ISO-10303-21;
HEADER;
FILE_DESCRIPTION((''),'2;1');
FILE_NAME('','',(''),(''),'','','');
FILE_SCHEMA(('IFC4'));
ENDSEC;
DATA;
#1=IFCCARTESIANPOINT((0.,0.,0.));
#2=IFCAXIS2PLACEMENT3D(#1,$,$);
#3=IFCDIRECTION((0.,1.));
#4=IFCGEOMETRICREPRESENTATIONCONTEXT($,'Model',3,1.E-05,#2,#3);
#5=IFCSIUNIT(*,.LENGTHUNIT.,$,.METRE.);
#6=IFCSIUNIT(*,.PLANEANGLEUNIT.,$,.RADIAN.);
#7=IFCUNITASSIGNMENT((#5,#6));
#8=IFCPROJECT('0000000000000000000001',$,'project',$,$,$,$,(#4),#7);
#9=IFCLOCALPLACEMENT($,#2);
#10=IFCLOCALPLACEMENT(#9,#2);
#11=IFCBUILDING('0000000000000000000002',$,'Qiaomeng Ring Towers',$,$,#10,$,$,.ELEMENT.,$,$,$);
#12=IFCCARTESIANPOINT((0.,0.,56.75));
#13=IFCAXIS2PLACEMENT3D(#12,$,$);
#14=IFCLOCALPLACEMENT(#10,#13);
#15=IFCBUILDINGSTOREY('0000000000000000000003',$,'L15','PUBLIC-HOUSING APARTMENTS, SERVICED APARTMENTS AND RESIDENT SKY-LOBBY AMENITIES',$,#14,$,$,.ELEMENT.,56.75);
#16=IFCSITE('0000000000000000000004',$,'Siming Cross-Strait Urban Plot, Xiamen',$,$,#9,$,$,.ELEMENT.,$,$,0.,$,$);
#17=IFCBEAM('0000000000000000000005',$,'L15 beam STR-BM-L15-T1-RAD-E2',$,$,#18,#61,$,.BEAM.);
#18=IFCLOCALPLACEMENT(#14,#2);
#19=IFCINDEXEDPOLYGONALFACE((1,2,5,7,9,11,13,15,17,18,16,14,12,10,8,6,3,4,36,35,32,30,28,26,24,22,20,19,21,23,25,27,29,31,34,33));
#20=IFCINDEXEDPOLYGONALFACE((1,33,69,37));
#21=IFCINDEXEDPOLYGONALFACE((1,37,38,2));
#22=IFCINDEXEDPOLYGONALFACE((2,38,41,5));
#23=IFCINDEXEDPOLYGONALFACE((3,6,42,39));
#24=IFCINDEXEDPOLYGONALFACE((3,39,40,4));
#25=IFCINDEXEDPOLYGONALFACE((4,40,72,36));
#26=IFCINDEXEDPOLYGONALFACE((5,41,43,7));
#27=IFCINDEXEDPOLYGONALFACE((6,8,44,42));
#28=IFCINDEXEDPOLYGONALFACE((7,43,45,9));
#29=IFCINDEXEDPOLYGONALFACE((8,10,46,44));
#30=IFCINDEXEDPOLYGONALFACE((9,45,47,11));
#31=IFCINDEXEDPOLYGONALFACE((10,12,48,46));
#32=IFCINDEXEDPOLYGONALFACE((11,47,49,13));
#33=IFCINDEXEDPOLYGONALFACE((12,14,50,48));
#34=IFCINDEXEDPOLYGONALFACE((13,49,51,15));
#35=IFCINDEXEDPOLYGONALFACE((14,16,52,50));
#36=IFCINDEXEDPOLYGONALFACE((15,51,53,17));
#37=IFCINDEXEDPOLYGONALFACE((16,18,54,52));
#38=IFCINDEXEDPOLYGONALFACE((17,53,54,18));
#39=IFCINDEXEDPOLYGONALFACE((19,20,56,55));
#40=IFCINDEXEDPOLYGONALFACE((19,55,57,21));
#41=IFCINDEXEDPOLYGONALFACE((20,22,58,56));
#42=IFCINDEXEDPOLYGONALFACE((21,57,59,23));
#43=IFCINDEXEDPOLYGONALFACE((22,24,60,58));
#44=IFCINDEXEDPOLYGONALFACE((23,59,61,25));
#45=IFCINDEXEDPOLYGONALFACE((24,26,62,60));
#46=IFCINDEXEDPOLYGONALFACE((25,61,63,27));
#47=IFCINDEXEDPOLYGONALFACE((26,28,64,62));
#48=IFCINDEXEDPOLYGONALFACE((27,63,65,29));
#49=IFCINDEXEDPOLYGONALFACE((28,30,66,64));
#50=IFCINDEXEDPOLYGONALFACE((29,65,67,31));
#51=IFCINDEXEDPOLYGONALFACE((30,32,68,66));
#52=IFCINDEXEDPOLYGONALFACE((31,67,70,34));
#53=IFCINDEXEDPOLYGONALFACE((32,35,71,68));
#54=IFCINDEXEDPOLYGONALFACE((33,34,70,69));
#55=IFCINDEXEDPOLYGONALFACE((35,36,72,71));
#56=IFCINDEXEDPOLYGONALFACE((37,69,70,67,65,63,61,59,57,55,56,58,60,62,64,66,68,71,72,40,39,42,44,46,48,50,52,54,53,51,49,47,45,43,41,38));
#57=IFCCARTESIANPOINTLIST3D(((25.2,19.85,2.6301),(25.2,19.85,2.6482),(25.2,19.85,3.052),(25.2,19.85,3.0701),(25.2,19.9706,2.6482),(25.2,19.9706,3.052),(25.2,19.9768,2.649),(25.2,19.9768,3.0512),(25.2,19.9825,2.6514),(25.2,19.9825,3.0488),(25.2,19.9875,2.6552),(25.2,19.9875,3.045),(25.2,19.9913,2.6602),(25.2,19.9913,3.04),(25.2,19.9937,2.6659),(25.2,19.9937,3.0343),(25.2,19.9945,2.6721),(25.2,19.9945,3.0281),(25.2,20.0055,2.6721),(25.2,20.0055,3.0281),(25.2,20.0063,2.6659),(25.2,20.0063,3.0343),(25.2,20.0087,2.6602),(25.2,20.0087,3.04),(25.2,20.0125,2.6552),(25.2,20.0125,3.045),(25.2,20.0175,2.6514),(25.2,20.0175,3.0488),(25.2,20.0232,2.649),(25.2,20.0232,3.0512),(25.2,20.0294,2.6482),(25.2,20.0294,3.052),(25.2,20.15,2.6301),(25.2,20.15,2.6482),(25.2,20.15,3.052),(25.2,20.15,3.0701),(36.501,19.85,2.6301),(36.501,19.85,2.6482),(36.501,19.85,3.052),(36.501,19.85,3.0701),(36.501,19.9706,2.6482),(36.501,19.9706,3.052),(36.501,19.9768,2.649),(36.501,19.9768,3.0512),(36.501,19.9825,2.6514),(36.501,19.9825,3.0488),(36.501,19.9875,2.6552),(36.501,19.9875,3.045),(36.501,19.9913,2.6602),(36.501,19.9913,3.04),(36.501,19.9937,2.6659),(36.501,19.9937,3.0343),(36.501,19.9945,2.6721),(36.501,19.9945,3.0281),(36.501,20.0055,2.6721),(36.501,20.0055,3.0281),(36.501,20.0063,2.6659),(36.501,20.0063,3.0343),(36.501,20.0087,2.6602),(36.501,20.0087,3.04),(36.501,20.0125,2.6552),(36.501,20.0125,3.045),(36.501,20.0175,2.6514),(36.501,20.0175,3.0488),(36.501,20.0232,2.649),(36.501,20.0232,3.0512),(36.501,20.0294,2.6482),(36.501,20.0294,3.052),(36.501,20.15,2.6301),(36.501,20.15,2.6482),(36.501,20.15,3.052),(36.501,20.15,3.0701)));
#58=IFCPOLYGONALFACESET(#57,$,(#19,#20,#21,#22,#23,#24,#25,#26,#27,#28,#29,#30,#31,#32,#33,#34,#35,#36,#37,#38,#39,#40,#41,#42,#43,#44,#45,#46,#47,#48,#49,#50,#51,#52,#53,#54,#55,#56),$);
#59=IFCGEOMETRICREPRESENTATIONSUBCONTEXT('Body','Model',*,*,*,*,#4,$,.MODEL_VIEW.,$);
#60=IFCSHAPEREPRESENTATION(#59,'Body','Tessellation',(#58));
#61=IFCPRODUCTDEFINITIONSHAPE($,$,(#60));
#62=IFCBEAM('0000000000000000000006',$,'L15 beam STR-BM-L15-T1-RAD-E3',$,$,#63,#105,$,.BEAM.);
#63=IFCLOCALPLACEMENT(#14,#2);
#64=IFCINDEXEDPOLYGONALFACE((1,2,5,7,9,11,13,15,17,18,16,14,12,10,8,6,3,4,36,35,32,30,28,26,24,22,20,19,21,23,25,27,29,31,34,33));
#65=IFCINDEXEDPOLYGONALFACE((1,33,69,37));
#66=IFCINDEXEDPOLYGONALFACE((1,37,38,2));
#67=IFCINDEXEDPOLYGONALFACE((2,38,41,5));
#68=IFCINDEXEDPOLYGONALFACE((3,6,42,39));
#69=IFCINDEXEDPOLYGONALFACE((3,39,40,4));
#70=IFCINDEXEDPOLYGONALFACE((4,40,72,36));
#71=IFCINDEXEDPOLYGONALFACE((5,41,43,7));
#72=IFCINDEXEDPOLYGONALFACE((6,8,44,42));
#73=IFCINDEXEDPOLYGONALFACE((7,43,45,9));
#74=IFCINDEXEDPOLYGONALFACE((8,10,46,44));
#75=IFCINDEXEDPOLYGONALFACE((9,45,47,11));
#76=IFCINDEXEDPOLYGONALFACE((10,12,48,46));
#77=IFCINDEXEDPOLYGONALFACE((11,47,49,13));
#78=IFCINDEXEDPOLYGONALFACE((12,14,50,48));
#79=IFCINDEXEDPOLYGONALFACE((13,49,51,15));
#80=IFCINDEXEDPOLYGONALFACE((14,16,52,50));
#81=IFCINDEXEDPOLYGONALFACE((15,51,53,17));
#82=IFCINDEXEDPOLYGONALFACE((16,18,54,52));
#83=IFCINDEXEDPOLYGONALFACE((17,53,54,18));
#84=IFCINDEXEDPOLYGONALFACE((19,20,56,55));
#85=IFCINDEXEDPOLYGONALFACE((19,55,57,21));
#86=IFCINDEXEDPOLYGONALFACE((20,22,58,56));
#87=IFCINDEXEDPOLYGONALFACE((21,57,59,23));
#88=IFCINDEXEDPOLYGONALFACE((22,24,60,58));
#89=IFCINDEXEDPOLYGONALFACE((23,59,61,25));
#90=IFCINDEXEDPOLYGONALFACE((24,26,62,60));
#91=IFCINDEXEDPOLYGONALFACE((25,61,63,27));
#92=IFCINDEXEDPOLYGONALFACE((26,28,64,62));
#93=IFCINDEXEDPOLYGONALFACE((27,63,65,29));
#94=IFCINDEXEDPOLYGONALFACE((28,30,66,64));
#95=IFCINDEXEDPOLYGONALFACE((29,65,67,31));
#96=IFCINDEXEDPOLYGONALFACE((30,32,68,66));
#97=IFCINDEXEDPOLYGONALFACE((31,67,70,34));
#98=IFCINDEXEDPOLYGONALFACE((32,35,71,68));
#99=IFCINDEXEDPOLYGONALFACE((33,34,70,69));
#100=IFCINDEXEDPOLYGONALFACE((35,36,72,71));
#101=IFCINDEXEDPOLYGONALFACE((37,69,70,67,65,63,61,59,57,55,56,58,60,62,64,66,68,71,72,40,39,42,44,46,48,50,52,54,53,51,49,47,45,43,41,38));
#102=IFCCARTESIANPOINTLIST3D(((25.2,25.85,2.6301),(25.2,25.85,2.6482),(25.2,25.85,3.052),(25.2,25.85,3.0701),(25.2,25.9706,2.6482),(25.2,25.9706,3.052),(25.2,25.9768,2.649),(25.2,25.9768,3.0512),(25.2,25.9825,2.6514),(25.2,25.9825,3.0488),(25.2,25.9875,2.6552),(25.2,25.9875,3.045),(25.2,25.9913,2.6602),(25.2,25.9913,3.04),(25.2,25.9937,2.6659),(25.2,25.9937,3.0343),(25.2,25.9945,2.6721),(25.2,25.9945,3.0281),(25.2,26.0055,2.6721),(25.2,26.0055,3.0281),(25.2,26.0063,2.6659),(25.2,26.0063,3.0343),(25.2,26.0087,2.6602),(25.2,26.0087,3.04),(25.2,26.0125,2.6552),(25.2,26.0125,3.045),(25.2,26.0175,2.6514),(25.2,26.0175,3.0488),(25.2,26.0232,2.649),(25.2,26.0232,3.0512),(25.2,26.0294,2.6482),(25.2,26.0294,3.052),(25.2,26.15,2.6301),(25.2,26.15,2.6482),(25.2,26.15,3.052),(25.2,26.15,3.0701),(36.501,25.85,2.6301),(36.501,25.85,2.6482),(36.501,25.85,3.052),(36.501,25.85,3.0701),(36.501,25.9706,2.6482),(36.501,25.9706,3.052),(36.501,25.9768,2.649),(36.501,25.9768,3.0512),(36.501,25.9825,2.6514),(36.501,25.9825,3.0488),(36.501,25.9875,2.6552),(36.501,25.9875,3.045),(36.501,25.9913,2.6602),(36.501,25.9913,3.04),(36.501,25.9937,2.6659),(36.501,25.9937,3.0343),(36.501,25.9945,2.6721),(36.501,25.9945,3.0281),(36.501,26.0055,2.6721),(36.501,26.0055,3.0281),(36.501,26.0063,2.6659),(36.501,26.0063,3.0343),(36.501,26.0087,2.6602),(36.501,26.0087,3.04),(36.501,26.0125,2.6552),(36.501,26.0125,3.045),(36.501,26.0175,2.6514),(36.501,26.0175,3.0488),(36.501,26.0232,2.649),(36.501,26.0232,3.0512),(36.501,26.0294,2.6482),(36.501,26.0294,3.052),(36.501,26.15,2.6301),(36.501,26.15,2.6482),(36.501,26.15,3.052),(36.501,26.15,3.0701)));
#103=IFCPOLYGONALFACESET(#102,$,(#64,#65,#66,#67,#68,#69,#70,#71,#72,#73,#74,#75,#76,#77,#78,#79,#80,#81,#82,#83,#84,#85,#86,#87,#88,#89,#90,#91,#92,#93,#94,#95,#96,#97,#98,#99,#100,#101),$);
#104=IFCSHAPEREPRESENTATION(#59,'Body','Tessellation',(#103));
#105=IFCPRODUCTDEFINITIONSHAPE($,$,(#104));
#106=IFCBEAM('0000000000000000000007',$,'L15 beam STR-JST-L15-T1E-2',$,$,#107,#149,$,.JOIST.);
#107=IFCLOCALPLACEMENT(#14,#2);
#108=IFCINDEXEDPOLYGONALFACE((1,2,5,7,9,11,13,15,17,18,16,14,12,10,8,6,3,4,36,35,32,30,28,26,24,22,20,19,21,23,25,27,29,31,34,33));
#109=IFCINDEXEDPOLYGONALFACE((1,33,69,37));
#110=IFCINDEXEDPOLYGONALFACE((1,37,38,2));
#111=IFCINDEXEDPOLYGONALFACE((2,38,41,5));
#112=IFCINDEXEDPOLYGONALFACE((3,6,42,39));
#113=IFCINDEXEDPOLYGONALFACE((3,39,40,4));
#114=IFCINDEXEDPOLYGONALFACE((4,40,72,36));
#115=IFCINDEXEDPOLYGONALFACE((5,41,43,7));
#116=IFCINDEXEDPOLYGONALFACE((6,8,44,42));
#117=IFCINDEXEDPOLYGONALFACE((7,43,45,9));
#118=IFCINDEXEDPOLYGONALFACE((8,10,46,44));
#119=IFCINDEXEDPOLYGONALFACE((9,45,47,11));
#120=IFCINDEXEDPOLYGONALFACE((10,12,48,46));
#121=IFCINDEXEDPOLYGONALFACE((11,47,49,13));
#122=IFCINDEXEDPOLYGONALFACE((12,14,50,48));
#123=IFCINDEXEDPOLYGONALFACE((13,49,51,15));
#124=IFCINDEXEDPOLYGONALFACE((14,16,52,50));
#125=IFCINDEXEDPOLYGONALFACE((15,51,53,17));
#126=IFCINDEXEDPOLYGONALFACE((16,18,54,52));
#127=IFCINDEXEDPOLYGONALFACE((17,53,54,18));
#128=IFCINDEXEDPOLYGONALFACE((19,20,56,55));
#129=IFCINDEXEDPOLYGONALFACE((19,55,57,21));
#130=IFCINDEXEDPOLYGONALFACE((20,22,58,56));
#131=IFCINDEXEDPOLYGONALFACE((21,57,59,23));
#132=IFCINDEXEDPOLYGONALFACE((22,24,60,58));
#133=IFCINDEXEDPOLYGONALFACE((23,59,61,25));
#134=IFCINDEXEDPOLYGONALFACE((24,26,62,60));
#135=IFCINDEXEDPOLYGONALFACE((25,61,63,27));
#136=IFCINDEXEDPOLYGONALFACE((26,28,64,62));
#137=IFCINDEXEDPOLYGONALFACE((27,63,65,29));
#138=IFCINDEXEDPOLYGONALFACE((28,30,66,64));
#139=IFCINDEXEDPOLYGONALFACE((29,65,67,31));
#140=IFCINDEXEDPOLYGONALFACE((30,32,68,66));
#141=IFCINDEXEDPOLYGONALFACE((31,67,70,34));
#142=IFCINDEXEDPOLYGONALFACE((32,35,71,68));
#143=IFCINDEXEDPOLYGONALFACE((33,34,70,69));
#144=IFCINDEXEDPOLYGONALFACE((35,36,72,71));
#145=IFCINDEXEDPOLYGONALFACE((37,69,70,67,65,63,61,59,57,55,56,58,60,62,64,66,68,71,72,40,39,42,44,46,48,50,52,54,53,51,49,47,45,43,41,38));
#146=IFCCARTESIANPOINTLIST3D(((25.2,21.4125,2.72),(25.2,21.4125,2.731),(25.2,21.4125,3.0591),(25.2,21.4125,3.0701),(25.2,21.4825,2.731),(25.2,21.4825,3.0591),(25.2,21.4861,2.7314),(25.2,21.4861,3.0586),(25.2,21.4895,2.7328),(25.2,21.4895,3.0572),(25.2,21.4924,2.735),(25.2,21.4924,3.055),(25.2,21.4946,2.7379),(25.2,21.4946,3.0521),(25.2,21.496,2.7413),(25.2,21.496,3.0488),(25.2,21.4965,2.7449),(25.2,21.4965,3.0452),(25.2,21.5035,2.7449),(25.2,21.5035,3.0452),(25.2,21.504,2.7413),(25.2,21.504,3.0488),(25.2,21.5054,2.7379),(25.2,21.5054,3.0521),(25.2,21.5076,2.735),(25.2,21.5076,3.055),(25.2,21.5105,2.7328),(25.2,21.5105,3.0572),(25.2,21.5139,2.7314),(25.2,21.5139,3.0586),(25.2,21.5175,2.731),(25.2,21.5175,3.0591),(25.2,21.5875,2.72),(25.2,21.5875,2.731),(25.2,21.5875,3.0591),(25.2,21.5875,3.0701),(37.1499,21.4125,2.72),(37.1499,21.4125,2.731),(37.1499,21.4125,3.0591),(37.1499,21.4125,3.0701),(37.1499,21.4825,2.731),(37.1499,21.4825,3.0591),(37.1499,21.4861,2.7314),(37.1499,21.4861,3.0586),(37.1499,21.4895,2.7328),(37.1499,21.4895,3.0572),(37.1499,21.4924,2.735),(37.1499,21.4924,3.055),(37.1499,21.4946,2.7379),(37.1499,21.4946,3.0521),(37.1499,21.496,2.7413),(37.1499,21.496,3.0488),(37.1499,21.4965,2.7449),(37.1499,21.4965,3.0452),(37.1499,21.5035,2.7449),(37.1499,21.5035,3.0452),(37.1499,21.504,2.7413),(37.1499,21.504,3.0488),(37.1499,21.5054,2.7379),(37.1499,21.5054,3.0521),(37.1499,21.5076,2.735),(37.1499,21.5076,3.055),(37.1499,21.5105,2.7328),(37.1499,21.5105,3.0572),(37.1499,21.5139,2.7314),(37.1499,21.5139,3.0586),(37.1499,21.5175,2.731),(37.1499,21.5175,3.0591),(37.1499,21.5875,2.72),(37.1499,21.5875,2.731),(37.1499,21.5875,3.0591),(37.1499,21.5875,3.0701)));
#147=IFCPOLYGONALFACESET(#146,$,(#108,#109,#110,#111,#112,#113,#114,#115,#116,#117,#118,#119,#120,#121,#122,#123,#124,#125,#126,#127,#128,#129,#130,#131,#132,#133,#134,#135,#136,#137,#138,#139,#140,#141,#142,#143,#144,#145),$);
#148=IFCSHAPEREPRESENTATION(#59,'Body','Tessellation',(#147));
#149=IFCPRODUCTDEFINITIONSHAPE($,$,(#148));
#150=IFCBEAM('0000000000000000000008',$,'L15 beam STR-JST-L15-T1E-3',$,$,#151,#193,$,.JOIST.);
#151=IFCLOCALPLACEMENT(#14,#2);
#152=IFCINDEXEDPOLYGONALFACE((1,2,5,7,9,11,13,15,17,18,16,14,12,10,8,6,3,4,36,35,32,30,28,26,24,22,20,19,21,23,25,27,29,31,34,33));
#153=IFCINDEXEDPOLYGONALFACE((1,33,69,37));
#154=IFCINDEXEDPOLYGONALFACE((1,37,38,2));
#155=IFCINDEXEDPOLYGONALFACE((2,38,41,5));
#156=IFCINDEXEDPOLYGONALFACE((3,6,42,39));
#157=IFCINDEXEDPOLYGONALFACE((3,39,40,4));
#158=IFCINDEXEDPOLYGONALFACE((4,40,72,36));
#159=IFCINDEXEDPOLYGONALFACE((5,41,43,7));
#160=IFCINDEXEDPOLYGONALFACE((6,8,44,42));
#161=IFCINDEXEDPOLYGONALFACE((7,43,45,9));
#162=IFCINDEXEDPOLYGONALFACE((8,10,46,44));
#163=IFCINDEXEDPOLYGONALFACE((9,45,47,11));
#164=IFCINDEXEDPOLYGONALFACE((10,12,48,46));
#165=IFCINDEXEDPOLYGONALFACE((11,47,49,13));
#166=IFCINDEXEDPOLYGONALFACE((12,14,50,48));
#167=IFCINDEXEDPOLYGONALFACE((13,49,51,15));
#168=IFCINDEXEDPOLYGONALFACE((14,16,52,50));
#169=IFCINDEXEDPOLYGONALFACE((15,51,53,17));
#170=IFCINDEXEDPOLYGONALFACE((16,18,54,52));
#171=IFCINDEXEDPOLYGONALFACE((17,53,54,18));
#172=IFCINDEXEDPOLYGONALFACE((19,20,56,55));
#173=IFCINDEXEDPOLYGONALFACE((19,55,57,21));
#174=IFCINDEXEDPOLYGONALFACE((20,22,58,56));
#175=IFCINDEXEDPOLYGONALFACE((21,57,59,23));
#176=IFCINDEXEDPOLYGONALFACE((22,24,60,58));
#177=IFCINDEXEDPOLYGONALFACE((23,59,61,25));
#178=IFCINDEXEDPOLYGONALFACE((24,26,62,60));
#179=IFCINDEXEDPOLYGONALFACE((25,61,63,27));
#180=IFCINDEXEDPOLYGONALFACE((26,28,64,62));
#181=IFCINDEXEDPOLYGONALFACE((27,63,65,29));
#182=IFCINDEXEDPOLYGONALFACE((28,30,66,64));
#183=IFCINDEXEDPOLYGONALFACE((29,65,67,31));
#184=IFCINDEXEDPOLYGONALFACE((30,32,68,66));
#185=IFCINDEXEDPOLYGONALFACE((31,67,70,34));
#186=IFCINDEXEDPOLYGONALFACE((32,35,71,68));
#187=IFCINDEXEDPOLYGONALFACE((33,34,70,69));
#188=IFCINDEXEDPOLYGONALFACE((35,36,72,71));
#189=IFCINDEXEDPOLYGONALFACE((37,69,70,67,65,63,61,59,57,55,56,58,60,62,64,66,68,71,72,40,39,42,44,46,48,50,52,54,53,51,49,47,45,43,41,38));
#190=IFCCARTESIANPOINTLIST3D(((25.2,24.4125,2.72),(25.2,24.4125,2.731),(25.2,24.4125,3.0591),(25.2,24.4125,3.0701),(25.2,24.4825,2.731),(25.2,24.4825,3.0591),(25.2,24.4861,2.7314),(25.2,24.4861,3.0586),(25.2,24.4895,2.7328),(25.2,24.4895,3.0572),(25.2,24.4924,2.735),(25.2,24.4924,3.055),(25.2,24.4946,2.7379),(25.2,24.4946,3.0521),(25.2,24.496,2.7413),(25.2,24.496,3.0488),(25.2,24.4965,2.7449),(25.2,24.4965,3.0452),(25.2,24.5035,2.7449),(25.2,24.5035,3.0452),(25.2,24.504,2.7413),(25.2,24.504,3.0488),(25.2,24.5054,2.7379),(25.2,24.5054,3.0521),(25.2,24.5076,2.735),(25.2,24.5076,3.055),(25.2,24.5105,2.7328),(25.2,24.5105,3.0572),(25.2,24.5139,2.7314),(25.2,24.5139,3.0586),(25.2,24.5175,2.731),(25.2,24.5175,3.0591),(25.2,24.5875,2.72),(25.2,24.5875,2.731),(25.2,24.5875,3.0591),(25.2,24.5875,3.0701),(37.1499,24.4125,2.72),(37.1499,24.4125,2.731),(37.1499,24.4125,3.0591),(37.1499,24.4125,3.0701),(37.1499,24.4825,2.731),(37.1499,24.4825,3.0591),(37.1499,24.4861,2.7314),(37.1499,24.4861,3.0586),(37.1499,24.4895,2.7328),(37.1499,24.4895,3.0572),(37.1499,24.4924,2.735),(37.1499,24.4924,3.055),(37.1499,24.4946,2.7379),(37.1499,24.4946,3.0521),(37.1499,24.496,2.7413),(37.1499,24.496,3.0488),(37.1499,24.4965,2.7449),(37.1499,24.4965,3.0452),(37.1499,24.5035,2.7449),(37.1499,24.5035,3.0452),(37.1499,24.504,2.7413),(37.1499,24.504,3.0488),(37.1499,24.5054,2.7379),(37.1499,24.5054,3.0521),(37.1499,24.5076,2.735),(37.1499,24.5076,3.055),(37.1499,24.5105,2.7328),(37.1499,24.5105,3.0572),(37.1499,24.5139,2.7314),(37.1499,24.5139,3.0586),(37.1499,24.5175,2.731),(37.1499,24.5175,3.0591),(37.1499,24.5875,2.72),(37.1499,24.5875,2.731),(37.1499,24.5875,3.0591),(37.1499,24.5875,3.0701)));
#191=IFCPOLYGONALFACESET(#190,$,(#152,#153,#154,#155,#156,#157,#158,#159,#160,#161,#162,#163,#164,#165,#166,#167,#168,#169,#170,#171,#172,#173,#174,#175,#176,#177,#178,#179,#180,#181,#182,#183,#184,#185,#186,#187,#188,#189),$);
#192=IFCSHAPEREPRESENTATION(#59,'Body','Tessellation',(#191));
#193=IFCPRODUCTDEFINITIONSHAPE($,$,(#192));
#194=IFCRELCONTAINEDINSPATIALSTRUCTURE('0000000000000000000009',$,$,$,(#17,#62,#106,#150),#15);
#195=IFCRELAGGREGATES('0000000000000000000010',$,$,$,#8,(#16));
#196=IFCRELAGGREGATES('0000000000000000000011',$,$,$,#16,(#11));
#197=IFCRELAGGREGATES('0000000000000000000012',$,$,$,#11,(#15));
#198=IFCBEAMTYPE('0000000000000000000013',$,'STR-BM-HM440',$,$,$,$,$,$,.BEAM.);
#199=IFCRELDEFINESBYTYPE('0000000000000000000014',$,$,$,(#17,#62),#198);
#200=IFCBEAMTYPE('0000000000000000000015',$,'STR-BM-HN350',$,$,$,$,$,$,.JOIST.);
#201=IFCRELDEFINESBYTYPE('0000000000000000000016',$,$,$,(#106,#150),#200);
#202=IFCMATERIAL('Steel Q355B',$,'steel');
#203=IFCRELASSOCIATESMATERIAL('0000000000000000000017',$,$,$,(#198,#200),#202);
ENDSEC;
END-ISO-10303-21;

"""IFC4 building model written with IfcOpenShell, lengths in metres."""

from ifc_helpers import new_model, si_unit, direction, frame, origin, origin_2d, place, context, subcontext, project, spatial, i_section, extrude, source, transform, mapped, material, material_profile, profile_set, type_object, element, save


model = new_model("IFC4")

# Units and contexts
model_context = context("Model", 3, precision=1e-05, world=origin(), true_north=direction((0.0, 1.0)))
body_context = subcontext(model_context, "Body", "Model", "MODEL_VIEW")
ifc_project = project(units=[si_unit("LENGTHUNIT", "METRE"), si_unit("PLANEANGLEUNIT", "RADIAN")], contexts=[model_context])

# Site, building, storey
site_placement = place(None, origin())
site = spatial("IfcSite", under=ifc_project, at=site_placement, Name="Siming Cross-Strait Urban Plot, Xiamen", CompositionType="ELEMENT", RefElevation=0.0)
building_placement = place(site_placement, origin())
building = spatial("IfcBuilding", under=site, at=building_placement, Name="Qiaomeng Ring Towers", CompositionType="ELEMENT")
storey_placement = place(building_placement, frame((0.0, 0.0, 56.75)))
storey = spatial("IfcBuildingStorey", under=building, at=storey_placement, Name="L15", Description="PUBLIC-HOUSING APARTMENTS, SERVICED APARTMENTS AND RESIDENT SKY-LOBBY AMENITIES", CompositionType="ELEMENT", Elevation=56.75)

# Beams
ifc_material_1 = material(Name="Steel Q355B", Category="steel")
ifc_material_profile_1 = material_profile(ifc_material_1, i_section(OverallWidth=0.3, OverallDepth=0.4399, WebThickness=0.011, FlangeThickness=0.0181, FilletRadius=0.0239, at=origin_2d()), Name="HM 440x300x11x18")
ifc_profile_set_1 = profile_set([ifc_material_profile_1], Name="Steel Q355B")
beam_type_1 = type_object("IfcBeamType", Name="STR-BM-HM440", PredefinedType="BEAM", material=ifc_profile_set_1)
shared_shape_1 = source(origin(), body_context, "Body", "SweptSolid", [
    extrude(i_section(OverallWidth=0.3, OverallDepth=0.4399, WebThickness=0.011, FlangeThickness=0.0181, FilletRadius=0.0239, at=origin_2d()), origin(), (0.0, 0.0, 1.0), 11.301),
])
for number, where, z_axis, x_axis, name in (
    (1, (25.2, 20.0, 2.8501), (1.0, 0.0, 0.0), (0.0, 1.0, 0.0), "L15 beam STR-BM-L15-T1-RAD-E2"),
    (2, (25.2, 26.0, 2.8501), (1.0, 0.0, 0.0), (0.0, 1.0, 0.0), "L15 beam STR-BM-L15-T1-RAD-E3"),
):
    element("IfcBeam", number, at=place(storey_placement, frame(where, z_axis=z_axis, x_axis=x_axis)), inside=storey, type_object=beam_type_1, Name=name, PredefinedType="BEAM", context=body_context, shape_type="MappedRepresentation", body=[
        mapped(shared_shape_1, transform((0.0, 0.0, 0.0), x_axis=(1.0, 0.0, 0.0), y_axis=(0.0, 1.0, 0.0), z_axis=(0.0, 0.0, 1.0), scale=1.0)),
    ])
ifc_material_profile_2 = material_profile(ifc_material_1, i_section(OverallWidth=0.175, OverallDepth=0.3501, WebThickness=0.0071, FlangeThickness=0.011, FilletRadius=0.0139, at=origin_2d()), Name="HN 350x175x7x11")
ifc_profile_set_2 = profile_set([ifc_material_profile_2], Name="Steel Q355B")
beam_type_2 = type_object("IfcBeamType", Name="STR-BM-HN350", PredefinedType="JOIST", material=ifc_profile_set_2)
shared_shape_2 = source(origin(), body_context, "Body", "SweptSolid", [
    extrude(i_section(OverallWidth=0.175, OverallDepth=0.3501, WebThickness=0.0071, FlangeThickness=0.011, FilletRadius=0.0139, at=origin_2d()), origin(), (0.0, 0.0, 1.0), 11.95),
])
for number, where, z_axis, x_axis, name in (
    (3, (25.2, 21.5, 2.895), (1.0, 0.0, 0.0), (0.0, 1.0, 0.0), "L15 beam STR-JST-L15-T1E-2"),
    (4, (25.2, 24.5, 2.895), (1.0, 0.0, 0.0), (0.0, 1.0, 0.0), "L15 beam STR-JST-L15-T1E-3"),
):
    element("IfcBeam", number, at=place(storey_placement, frame(where, z_axis=z_axis, x_axis=x_axis)), inside=storey, type_object=beam_type_2, Name=name, PredefinedType="JOIST", context=body_context, shape_type="MappedRepresentation", body=[
        mapped(shared_shape_2, transform((0.0, 0.0, 0.0), x_axis=(1.0, 0.0, 0.0), y_axis=(0.0, 1.0, 0.0), z_axis=(0.0, 0.0, 1.0), scale=1.0)),
    ])

save(model, "model.ifc")
